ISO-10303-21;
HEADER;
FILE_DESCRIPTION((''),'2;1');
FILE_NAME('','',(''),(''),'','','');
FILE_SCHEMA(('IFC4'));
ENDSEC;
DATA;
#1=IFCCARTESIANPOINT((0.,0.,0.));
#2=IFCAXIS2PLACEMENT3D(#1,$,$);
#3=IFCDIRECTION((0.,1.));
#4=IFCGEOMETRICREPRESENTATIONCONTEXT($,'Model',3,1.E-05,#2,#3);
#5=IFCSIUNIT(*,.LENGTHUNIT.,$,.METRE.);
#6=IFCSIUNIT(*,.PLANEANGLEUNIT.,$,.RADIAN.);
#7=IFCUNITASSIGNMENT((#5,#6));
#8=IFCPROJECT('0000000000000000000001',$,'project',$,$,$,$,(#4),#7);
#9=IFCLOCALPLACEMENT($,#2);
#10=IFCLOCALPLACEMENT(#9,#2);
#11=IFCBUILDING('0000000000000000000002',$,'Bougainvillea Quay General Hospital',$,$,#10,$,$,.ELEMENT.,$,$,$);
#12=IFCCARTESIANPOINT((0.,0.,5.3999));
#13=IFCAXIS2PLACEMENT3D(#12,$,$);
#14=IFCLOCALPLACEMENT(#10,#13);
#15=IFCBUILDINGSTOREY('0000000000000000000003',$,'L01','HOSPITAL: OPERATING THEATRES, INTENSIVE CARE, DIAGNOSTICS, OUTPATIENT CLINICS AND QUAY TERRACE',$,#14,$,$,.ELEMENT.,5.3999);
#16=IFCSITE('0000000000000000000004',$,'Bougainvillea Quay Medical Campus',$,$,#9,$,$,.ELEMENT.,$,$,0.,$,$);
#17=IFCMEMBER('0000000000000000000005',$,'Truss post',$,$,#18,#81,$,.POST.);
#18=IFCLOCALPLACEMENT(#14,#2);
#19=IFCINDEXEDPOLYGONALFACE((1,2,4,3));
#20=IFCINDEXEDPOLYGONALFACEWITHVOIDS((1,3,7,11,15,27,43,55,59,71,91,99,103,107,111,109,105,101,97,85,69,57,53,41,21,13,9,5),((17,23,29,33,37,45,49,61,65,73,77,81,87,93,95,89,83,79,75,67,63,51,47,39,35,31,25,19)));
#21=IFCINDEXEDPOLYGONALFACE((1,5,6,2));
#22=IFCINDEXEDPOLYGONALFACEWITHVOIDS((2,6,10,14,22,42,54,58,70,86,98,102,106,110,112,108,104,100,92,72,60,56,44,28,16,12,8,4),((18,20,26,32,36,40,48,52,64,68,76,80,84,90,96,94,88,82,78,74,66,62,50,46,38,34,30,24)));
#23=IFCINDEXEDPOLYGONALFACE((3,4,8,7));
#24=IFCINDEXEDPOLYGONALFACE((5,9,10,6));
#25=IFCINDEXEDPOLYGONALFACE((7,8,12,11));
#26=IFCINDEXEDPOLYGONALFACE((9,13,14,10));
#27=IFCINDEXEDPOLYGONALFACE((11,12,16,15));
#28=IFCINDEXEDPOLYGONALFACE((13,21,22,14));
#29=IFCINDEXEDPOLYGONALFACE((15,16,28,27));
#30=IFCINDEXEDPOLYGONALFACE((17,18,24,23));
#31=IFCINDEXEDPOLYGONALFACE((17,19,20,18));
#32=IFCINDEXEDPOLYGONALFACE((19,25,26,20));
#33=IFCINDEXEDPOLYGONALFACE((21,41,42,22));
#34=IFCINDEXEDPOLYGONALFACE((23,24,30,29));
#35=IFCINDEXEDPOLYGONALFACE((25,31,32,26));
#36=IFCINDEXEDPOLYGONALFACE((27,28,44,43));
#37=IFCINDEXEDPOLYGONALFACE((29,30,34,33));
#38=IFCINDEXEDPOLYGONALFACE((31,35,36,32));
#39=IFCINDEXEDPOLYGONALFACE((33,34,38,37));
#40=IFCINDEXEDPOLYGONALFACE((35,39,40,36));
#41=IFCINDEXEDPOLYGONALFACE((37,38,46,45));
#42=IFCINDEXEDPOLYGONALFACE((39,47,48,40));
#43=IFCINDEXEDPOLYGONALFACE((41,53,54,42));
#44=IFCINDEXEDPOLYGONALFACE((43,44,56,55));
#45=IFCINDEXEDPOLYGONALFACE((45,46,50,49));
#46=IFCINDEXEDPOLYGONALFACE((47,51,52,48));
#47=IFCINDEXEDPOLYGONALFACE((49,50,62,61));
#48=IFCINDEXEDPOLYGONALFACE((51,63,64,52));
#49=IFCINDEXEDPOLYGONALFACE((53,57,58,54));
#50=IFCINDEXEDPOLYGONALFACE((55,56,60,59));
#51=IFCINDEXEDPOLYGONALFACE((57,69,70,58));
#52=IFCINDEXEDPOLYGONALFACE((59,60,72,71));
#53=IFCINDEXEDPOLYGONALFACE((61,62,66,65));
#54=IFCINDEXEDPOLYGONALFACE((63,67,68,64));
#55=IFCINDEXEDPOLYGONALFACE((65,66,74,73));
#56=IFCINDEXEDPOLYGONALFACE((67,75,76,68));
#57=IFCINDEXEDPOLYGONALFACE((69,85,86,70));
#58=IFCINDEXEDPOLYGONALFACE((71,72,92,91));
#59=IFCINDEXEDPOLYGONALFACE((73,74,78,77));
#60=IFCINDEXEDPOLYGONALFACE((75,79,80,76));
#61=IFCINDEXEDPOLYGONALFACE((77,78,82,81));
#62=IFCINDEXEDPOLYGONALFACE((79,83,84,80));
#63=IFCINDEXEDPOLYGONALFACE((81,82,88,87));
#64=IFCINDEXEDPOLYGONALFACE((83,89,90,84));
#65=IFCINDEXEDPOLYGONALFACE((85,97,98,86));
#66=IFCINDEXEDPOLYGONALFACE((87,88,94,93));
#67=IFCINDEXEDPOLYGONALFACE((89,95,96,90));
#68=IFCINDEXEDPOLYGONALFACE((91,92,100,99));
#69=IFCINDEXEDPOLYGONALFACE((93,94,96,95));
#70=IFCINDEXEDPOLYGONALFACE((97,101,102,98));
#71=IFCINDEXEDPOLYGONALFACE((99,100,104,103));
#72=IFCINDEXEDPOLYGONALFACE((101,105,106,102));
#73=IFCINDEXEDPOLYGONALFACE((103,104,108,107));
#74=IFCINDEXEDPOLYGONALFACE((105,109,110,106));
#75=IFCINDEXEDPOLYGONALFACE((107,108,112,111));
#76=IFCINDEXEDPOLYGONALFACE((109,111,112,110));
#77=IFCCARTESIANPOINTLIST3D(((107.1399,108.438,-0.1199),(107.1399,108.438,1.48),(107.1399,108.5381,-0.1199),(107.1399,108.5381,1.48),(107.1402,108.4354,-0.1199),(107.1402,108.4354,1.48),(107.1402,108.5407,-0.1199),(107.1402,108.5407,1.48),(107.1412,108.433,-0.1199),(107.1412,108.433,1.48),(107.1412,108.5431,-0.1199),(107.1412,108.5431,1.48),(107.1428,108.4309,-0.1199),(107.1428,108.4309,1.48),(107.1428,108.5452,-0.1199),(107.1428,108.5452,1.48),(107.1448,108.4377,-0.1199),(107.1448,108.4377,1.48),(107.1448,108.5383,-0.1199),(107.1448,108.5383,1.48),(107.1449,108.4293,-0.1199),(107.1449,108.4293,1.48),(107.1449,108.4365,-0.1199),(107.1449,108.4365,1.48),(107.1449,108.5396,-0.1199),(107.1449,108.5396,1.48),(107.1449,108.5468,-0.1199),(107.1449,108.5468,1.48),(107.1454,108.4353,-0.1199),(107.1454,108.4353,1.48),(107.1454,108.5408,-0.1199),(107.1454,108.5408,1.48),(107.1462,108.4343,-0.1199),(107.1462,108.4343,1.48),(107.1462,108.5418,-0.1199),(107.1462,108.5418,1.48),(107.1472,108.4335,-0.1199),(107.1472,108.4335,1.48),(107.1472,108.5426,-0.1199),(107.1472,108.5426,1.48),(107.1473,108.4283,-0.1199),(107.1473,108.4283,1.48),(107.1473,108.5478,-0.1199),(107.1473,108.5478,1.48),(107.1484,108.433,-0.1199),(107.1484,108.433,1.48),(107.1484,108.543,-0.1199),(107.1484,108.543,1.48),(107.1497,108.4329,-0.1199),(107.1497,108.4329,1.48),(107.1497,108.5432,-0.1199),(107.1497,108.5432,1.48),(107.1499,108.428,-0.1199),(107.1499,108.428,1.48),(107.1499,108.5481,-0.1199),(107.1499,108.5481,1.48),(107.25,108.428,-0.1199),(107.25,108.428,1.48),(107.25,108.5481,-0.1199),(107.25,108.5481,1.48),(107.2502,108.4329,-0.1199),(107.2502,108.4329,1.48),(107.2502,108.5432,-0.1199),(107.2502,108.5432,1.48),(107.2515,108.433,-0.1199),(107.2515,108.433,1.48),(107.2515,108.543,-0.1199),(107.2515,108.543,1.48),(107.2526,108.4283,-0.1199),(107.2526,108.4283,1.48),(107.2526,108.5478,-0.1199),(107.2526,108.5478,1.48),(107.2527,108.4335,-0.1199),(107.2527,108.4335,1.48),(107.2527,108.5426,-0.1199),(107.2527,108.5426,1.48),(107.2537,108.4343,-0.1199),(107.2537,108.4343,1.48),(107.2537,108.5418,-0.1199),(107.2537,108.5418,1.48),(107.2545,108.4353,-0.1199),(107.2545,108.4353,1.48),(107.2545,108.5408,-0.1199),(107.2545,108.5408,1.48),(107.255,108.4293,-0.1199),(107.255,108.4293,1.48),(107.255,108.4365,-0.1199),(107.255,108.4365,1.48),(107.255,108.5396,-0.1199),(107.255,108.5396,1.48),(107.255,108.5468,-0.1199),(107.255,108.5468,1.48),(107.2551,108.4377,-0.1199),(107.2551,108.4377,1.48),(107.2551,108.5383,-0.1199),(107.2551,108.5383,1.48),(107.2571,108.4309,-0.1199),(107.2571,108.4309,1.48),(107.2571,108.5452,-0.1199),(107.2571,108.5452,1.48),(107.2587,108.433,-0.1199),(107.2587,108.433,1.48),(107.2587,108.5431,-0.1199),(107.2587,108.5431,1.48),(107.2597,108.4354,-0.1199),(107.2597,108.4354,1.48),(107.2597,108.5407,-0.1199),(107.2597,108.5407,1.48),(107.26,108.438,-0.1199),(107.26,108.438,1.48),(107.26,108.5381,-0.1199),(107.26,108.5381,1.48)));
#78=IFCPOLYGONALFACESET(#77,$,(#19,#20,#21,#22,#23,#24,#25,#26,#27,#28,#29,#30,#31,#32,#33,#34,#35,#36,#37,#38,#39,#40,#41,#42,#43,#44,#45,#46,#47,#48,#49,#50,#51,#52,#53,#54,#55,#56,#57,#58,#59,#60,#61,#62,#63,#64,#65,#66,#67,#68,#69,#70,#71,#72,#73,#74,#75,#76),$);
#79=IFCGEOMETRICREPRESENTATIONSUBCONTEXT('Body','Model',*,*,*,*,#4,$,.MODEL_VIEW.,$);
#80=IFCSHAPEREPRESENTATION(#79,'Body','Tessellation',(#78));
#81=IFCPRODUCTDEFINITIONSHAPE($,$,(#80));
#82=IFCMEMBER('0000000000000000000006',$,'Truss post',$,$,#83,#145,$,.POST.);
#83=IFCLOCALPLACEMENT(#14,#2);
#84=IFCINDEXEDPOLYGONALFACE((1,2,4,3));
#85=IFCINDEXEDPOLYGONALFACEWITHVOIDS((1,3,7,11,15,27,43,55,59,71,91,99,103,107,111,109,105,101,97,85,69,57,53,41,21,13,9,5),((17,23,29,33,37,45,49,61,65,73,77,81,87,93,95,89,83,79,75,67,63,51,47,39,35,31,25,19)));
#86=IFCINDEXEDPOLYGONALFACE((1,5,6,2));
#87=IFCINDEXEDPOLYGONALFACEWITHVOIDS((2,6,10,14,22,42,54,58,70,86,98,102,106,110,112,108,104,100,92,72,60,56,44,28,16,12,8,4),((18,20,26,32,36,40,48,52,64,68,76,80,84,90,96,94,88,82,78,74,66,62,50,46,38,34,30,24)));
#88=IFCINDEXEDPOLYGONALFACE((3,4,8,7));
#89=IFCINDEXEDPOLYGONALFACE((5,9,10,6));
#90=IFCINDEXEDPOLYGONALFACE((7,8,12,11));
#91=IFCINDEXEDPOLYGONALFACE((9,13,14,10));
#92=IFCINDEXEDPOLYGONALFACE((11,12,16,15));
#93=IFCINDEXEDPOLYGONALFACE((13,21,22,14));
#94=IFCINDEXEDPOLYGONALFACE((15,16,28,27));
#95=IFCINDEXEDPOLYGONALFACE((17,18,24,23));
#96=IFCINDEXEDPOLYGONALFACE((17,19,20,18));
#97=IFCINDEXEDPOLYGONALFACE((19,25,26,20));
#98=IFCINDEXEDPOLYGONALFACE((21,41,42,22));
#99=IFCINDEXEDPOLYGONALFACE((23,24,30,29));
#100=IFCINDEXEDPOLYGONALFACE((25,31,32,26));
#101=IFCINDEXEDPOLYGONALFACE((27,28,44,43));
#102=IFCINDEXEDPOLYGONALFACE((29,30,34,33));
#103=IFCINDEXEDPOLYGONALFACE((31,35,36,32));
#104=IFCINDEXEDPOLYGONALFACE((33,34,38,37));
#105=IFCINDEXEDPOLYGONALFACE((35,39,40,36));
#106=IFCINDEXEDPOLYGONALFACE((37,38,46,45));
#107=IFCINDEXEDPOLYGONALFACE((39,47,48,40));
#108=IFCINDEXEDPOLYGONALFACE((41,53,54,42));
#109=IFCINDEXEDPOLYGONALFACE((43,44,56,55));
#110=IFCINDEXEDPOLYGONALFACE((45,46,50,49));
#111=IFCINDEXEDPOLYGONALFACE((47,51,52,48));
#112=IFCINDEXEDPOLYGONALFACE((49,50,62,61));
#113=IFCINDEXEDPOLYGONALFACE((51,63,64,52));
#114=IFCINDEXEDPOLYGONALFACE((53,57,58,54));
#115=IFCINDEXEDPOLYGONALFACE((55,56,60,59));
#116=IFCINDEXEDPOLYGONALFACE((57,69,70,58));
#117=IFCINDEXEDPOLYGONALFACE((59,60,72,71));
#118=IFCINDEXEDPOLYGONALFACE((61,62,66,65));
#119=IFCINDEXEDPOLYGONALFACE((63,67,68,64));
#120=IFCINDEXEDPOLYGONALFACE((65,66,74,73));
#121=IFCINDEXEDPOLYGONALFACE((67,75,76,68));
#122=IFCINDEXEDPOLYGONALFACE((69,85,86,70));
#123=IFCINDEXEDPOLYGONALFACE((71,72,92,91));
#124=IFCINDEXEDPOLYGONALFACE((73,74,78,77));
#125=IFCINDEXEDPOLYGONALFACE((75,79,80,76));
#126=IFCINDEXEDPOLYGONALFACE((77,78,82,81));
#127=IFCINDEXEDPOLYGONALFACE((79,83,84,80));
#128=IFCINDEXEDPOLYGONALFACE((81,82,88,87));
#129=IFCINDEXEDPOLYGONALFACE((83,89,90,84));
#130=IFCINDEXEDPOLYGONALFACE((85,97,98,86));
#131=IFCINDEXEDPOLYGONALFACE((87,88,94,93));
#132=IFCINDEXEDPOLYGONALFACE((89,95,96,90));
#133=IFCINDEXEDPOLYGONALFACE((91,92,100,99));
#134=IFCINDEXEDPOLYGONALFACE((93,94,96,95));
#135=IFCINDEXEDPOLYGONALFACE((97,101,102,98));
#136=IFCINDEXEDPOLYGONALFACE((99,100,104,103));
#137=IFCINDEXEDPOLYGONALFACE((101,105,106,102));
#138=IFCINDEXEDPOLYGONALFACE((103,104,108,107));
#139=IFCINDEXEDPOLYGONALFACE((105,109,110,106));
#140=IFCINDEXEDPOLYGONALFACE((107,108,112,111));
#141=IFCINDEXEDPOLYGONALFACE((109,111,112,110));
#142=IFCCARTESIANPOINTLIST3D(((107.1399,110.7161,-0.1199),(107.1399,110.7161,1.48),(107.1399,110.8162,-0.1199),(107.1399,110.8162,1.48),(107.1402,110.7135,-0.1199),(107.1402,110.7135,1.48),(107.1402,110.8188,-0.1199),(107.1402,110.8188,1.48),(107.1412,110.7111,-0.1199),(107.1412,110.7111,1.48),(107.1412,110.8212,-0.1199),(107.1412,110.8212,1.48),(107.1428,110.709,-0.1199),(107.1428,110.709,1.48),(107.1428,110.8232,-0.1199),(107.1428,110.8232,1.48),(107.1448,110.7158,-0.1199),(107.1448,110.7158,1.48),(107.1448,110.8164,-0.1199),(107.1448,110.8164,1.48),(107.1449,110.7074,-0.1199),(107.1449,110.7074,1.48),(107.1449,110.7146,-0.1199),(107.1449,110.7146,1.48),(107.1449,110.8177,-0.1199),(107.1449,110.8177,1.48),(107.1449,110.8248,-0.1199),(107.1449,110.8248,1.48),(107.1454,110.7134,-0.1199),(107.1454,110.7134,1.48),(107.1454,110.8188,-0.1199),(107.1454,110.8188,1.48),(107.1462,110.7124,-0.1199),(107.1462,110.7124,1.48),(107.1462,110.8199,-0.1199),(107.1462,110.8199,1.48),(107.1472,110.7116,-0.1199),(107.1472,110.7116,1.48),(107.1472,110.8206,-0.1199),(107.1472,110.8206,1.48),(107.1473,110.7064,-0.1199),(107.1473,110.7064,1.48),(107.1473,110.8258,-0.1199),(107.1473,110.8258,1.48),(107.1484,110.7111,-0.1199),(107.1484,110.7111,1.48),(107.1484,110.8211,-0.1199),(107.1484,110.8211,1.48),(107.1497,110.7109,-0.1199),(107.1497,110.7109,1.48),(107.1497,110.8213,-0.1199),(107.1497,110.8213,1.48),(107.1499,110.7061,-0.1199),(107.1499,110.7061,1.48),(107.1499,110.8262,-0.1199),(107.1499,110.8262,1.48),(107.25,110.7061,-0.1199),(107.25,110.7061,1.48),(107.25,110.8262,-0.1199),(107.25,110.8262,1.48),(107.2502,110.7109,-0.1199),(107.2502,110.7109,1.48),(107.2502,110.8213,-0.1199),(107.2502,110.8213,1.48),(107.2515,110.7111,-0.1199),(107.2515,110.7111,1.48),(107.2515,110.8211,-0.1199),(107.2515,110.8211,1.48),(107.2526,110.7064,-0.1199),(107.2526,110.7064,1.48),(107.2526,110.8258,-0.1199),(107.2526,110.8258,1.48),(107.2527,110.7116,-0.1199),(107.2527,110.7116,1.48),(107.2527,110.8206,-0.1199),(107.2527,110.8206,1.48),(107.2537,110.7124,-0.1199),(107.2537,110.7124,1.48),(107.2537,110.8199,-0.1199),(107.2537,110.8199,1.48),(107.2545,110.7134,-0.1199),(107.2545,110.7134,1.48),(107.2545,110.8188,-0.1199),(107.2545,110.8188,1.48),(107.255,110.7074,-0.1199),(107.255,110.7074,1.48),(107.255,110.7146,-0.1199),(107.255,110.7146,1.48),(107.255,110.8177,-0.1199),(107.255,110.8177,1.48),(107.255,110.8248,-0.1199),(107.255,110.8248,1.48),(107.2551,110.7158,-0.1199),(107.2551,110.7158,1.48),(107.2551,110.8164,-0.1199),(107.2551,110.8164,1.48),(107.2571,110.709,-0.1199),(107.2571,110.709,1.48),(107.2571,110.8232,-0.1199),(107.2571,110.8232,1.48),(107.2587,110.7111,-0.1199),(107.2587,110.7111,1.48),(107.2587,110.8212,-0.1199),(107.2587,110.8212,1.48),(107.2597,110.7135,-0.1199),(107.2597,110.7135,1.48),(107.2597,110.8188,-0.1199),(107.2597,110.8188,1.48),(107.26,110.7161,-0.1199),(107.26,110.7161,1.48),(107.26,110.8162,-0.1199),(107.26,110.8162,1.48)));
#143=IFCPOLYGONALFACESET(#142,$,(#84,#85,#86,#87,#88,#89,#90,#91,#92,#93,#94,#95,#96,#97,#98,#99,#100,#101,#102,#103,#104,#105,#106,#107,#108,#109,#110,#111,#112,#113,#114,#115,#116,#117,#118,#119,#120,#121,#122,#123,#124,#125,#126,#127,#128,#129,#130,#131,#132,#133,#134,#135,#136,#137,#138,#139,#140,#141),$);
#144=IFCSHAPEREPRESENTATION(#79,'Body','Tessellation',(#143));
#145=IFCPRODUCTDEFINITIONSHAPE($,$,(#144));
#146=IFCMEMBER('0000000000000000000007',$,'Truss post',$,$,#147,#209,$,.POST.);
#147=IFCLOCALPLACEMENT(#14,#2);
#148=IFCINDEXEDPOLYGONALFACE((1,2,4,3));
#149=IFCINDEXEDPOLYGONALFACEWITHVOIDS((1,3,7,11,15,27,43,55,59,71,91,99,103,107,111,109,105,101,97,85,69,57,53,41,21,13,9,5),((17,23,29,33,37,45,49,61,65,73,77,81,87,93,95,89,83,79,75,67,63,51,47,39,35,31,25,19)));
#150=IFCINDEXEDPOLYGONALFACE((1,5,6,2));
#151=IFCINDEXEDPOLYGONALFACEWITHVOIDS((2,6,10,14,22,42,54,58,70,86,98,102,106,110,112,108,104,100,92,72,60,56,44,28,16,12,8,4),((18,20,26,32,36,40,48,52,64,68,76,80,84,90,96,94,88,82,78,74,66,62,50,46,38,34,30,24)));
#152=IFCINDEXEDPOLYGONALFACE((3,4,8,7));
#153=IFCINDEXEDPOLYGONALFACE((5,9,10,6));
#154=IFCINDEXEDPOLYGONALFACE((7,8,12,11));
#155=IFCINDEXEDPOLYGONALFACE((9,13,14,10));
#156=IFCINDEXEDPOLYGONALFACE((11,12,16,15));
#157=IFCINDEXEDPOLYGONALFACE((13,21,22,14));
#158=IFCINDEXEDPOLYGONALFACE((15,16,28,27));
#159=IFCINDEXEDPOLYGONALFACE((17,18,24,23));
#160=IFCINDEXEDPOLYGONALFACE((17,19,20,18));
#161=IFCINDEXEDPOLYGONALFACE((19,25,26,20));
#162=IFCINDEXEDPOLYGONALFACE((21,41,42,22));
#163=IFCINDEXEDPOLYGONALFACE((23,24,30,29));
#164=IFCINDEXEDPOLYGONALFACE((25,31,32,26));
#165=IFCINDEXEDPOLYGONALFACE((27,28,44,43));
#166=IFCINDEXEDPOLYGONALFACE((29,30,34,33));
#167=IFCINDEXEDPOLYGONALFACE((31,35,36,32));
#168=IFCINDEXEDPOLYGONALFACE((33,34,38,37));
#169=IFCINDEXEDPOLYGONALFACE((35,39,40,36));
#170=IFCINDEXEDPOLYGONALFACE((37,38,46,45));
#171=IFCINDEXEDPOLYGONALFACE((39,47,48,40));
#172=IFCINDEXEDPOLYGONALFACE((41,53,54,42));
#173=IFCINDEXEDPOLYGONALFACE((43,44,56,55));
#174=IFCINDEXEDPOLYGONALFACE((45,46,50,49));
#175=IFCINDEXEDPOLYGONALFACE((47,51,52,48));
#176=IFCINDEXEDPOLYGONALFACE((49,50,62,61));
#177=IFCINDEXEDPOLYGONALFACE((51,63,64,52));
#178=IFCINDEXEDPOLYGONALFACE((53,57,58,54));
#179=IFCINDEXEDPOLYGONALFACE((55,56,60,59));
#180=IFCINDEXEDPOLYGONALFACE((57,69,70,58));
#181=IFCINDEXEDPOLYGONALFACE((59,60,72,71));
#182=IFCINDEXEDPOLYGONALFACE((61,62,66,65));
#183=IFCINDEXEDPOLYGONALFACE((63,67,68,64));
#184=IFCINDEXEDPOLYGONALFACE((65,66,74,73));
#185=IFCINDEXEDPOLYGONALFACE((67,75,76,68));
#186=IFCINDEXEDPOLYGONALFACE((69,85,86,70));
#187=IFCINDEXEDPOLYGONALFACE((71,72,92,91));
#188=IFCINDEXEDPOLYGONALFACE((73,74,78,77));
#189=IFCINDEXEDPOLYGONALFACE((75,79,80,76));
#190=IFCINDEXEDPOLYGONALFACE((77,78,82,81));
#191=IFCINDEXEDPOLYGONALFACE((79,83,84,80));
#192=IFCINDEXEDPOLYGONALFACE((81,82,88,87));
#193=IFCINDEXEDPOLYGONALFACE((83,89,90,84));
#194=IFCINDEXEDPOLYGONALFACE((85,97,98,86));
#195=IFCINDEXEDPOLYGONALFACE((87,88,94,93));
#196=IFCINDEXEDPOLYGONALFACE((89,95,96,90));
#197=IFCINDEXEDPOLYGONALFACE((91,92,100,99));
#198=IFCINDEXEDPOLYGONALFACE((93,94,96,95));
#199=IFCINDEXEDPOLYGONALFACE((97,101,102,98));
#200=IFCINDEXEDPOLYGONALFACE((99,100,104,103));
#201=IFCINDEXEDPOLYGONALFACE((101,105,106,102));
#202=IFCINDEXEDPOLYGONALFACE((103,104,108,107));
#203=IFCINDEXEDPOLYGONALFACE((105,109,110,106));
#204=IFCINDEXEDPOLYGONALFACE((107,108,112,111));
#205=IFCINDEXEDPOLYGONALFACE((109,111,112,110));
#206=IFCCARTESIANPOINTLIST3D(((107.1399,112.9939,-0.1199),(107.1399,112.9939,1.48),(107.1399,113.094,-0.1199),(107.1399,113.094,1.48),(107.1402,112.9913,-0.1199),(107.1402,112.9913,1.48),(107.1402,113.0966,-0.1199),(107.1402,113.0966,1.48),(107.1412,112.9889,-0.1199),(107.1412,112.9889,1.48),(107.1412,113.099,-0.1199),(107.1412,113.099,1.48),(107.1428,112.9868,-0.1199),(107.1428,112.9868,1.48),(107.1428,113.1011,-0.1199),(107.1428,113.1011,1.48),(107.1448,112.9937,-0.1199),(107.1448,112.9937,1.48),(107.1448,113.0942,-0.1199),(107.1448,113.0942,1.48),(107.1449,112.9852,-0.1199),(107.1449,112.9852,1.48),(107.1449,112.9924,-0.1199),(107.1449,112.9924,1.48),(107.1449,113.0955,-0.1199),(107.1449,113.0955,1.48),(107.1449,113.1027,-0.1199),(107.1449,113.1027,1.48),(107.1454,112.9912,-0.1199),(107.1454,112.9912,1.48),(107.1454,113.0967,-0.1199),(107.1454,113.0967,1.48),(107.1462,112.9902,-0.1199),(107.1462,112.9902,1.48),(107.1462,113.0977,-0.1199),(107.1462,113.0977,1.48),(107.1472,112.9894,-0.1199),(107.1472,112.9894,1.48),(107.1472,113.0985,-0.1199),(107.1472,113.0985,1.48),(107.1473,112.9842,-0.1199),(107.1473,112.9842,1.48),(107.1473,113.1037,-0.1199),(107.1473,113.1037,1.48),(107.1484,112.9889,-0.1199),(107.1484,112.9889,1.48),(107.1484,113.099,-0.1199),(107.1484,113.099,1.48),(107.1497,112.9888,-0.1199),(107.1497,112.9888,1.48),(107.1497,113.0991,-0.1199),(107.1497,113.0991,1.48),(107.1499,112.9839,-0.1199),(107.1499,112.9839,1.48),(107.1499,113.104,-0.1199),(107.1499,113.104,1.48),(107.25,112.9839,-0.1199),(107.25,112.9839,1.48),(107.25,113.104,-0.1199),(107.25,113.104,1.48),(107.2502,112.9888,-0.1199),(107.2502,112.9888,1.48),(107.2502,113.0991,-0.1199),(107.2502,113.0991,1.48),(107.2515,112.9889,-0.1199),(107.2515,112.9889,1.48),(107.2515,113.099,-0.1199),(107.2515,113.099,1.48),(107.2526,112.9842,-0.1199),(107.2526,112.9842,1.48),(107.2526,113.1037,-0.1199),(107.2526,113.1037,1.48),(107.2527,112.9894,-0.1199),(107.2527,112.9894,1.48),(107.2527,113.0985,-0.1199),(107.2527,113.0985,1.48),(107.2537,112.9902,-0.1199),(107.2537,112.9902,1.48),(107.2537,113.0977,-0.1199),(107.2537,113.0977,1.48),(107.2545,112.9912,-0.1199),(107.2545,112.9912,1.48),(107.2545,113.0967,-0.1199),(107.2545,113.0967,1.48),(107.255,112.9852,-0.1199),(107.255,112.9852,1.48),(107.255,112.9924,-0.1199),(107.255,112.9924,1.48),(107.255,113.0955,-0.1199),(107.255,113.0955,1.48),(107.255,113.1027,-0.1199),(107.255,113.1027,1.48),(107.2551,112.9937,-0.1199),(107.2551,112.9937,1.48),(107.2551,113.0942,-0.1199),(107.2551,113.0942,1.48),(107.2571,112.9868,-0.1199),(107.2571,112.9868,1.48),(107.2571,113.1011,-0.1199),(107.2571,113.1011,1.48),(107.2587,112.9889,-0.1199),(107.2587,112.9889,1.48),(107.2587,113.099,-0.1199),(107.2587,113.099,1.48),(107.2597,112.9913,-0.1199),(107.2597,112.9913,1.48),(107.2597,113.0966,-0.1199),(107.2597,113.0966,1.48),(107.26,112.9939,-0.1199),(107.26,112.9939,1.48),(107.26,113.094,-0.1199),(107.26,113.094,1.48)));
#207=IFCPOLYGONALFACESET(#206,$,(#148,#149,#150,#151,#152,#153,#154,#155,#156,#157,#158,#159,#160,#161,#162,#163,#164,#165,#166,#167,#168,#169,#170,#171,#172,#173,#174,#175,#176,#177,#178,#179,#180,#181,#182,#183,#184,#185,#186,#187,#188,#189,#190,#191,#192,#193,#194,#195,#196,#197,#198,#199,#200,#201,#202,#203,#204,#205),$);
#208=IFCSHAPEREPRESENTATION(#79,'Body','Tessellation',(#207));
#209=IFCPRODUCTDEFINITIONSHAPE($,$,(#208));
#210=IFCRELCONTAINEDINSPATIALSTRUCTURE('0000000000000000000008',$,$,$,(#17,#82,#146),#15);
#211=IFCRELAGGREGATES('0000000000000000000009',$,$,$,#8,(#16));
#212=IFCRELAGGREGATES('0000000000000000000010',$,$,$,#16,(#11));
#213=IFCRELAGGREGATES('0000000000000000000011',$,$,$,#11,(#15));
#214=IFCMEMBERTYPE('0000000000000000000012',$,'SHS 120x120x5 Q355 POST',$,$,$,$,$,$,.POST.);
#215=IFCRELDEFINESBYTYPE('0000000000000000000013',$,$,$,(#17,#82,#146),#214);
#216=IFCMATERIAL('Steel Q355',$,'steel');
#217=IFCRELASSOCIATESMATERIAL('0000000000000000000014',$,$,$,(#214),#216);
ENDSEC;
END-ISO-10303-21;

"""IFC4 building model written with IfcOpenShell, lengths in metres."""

from ifc_helpers import new_model, si_unit, direction, frame, origin, origin_2d, place, context, subcontext, project, spatial, hollow_rectangle, extrude, material, material_profile, profile_set, type_object, element, save


model = new_model("IFC4")

# Units and contexts
model_context = context("Model", 3, precision=1e-05, world=origin(), true_north=direction((0.0, 1.0)))
body_context = subcontext(model_context, "Body", "Model", "MODEL_VIEW")
ifc_project = project(units=[si_unit("LENGTHUNIT", "METRE"), si_unit("PLANEANGLEUNIT", "RADIAN")], contexts=[model_context])

# Site, building, storey
site_placement = place(None, origin())
site = spatial("IfcSite", under=ifc_project, at=site_placement, Name="Bougainvillea Quay Medical Campus", CompositionType="ELEMENT", RefElevation=0.0)
building_placement = place(site_placement, origin())
building = spatial("IfcBuilding", under=site, at=building_placement, Name="Bougainvillea Quay General Hospital", CompositionType="ELEMENT")
storey_placement = place(building_placement, frame((0.0, 0.0, 5.3999)))
storey = spatial("IfcBuildingStorey", under=building, at=storey_placement, Name="L01", Description="HOSPITAL: OPERATING THEATRES, INTENSIVE CARE, DIAGNOSTICS, OUTPATIENT CLINICS AND QUAY TERRACE", CompositionType="ELEMENT", Elevation=5.3999)

# Members
ifc_material_1 = material(Name="Steel Q355", Category="steel")
ifc_material_profile_1 = material_profile(ifc_material_1, hollow_rectangle(XDim=0.1201, YDim=0.1201, WallThickness=0.0049, InnerFilletRadius=0.0049, OuterFilletRadius=0.01, at=origin_2d()))
ifc_profile_set_1 = profile_set([ifc_material_profile_1], Name="Steel Q355")
member_type_1 = type_object("IfcMemberType", Name="SHS 120x120x5 Q355 POST", PredefinedType="POST", material=ifc_profile_set_1)
for number, where, z_axis, x_axis, name in (
    (1, (107.2, 108.488, -0.1199), (0.0, 0.0, 1.0), (1.0, 0.0, 0.0), "Truss post"),
    (2, (107.2, 110.7661, -0.1199), (0.0, 0.0, 1.0), (1.0, 0.0, 0.0), "Truss post"),
    (3, (107.2, 113.0439, -0.1199), (0.0, 0.0, 1.0), (1.0, 0.0, 0.0), "Truss post"),
):
    element("IfcMember", number, at=place(storey_placement, frame(where, z_axis=z_axis, x_axis=x_axis)), inside=storey, type_object=member_type_1, Name=name, PredefinedType="POST", context=body_context, shape_type="SweptSolid", body=[
        extrude(hollow_rectangle(XDim=0.1201, YDim=0.1201, WallThickness=0.0049, InnerFilletRadius=0.0049, OuterFilletRadius=0.01, at=origin_2d()), origin(), (0.0, 0.0, 1.0), 1.5999),
    ])

save(model, "model.ifc")
